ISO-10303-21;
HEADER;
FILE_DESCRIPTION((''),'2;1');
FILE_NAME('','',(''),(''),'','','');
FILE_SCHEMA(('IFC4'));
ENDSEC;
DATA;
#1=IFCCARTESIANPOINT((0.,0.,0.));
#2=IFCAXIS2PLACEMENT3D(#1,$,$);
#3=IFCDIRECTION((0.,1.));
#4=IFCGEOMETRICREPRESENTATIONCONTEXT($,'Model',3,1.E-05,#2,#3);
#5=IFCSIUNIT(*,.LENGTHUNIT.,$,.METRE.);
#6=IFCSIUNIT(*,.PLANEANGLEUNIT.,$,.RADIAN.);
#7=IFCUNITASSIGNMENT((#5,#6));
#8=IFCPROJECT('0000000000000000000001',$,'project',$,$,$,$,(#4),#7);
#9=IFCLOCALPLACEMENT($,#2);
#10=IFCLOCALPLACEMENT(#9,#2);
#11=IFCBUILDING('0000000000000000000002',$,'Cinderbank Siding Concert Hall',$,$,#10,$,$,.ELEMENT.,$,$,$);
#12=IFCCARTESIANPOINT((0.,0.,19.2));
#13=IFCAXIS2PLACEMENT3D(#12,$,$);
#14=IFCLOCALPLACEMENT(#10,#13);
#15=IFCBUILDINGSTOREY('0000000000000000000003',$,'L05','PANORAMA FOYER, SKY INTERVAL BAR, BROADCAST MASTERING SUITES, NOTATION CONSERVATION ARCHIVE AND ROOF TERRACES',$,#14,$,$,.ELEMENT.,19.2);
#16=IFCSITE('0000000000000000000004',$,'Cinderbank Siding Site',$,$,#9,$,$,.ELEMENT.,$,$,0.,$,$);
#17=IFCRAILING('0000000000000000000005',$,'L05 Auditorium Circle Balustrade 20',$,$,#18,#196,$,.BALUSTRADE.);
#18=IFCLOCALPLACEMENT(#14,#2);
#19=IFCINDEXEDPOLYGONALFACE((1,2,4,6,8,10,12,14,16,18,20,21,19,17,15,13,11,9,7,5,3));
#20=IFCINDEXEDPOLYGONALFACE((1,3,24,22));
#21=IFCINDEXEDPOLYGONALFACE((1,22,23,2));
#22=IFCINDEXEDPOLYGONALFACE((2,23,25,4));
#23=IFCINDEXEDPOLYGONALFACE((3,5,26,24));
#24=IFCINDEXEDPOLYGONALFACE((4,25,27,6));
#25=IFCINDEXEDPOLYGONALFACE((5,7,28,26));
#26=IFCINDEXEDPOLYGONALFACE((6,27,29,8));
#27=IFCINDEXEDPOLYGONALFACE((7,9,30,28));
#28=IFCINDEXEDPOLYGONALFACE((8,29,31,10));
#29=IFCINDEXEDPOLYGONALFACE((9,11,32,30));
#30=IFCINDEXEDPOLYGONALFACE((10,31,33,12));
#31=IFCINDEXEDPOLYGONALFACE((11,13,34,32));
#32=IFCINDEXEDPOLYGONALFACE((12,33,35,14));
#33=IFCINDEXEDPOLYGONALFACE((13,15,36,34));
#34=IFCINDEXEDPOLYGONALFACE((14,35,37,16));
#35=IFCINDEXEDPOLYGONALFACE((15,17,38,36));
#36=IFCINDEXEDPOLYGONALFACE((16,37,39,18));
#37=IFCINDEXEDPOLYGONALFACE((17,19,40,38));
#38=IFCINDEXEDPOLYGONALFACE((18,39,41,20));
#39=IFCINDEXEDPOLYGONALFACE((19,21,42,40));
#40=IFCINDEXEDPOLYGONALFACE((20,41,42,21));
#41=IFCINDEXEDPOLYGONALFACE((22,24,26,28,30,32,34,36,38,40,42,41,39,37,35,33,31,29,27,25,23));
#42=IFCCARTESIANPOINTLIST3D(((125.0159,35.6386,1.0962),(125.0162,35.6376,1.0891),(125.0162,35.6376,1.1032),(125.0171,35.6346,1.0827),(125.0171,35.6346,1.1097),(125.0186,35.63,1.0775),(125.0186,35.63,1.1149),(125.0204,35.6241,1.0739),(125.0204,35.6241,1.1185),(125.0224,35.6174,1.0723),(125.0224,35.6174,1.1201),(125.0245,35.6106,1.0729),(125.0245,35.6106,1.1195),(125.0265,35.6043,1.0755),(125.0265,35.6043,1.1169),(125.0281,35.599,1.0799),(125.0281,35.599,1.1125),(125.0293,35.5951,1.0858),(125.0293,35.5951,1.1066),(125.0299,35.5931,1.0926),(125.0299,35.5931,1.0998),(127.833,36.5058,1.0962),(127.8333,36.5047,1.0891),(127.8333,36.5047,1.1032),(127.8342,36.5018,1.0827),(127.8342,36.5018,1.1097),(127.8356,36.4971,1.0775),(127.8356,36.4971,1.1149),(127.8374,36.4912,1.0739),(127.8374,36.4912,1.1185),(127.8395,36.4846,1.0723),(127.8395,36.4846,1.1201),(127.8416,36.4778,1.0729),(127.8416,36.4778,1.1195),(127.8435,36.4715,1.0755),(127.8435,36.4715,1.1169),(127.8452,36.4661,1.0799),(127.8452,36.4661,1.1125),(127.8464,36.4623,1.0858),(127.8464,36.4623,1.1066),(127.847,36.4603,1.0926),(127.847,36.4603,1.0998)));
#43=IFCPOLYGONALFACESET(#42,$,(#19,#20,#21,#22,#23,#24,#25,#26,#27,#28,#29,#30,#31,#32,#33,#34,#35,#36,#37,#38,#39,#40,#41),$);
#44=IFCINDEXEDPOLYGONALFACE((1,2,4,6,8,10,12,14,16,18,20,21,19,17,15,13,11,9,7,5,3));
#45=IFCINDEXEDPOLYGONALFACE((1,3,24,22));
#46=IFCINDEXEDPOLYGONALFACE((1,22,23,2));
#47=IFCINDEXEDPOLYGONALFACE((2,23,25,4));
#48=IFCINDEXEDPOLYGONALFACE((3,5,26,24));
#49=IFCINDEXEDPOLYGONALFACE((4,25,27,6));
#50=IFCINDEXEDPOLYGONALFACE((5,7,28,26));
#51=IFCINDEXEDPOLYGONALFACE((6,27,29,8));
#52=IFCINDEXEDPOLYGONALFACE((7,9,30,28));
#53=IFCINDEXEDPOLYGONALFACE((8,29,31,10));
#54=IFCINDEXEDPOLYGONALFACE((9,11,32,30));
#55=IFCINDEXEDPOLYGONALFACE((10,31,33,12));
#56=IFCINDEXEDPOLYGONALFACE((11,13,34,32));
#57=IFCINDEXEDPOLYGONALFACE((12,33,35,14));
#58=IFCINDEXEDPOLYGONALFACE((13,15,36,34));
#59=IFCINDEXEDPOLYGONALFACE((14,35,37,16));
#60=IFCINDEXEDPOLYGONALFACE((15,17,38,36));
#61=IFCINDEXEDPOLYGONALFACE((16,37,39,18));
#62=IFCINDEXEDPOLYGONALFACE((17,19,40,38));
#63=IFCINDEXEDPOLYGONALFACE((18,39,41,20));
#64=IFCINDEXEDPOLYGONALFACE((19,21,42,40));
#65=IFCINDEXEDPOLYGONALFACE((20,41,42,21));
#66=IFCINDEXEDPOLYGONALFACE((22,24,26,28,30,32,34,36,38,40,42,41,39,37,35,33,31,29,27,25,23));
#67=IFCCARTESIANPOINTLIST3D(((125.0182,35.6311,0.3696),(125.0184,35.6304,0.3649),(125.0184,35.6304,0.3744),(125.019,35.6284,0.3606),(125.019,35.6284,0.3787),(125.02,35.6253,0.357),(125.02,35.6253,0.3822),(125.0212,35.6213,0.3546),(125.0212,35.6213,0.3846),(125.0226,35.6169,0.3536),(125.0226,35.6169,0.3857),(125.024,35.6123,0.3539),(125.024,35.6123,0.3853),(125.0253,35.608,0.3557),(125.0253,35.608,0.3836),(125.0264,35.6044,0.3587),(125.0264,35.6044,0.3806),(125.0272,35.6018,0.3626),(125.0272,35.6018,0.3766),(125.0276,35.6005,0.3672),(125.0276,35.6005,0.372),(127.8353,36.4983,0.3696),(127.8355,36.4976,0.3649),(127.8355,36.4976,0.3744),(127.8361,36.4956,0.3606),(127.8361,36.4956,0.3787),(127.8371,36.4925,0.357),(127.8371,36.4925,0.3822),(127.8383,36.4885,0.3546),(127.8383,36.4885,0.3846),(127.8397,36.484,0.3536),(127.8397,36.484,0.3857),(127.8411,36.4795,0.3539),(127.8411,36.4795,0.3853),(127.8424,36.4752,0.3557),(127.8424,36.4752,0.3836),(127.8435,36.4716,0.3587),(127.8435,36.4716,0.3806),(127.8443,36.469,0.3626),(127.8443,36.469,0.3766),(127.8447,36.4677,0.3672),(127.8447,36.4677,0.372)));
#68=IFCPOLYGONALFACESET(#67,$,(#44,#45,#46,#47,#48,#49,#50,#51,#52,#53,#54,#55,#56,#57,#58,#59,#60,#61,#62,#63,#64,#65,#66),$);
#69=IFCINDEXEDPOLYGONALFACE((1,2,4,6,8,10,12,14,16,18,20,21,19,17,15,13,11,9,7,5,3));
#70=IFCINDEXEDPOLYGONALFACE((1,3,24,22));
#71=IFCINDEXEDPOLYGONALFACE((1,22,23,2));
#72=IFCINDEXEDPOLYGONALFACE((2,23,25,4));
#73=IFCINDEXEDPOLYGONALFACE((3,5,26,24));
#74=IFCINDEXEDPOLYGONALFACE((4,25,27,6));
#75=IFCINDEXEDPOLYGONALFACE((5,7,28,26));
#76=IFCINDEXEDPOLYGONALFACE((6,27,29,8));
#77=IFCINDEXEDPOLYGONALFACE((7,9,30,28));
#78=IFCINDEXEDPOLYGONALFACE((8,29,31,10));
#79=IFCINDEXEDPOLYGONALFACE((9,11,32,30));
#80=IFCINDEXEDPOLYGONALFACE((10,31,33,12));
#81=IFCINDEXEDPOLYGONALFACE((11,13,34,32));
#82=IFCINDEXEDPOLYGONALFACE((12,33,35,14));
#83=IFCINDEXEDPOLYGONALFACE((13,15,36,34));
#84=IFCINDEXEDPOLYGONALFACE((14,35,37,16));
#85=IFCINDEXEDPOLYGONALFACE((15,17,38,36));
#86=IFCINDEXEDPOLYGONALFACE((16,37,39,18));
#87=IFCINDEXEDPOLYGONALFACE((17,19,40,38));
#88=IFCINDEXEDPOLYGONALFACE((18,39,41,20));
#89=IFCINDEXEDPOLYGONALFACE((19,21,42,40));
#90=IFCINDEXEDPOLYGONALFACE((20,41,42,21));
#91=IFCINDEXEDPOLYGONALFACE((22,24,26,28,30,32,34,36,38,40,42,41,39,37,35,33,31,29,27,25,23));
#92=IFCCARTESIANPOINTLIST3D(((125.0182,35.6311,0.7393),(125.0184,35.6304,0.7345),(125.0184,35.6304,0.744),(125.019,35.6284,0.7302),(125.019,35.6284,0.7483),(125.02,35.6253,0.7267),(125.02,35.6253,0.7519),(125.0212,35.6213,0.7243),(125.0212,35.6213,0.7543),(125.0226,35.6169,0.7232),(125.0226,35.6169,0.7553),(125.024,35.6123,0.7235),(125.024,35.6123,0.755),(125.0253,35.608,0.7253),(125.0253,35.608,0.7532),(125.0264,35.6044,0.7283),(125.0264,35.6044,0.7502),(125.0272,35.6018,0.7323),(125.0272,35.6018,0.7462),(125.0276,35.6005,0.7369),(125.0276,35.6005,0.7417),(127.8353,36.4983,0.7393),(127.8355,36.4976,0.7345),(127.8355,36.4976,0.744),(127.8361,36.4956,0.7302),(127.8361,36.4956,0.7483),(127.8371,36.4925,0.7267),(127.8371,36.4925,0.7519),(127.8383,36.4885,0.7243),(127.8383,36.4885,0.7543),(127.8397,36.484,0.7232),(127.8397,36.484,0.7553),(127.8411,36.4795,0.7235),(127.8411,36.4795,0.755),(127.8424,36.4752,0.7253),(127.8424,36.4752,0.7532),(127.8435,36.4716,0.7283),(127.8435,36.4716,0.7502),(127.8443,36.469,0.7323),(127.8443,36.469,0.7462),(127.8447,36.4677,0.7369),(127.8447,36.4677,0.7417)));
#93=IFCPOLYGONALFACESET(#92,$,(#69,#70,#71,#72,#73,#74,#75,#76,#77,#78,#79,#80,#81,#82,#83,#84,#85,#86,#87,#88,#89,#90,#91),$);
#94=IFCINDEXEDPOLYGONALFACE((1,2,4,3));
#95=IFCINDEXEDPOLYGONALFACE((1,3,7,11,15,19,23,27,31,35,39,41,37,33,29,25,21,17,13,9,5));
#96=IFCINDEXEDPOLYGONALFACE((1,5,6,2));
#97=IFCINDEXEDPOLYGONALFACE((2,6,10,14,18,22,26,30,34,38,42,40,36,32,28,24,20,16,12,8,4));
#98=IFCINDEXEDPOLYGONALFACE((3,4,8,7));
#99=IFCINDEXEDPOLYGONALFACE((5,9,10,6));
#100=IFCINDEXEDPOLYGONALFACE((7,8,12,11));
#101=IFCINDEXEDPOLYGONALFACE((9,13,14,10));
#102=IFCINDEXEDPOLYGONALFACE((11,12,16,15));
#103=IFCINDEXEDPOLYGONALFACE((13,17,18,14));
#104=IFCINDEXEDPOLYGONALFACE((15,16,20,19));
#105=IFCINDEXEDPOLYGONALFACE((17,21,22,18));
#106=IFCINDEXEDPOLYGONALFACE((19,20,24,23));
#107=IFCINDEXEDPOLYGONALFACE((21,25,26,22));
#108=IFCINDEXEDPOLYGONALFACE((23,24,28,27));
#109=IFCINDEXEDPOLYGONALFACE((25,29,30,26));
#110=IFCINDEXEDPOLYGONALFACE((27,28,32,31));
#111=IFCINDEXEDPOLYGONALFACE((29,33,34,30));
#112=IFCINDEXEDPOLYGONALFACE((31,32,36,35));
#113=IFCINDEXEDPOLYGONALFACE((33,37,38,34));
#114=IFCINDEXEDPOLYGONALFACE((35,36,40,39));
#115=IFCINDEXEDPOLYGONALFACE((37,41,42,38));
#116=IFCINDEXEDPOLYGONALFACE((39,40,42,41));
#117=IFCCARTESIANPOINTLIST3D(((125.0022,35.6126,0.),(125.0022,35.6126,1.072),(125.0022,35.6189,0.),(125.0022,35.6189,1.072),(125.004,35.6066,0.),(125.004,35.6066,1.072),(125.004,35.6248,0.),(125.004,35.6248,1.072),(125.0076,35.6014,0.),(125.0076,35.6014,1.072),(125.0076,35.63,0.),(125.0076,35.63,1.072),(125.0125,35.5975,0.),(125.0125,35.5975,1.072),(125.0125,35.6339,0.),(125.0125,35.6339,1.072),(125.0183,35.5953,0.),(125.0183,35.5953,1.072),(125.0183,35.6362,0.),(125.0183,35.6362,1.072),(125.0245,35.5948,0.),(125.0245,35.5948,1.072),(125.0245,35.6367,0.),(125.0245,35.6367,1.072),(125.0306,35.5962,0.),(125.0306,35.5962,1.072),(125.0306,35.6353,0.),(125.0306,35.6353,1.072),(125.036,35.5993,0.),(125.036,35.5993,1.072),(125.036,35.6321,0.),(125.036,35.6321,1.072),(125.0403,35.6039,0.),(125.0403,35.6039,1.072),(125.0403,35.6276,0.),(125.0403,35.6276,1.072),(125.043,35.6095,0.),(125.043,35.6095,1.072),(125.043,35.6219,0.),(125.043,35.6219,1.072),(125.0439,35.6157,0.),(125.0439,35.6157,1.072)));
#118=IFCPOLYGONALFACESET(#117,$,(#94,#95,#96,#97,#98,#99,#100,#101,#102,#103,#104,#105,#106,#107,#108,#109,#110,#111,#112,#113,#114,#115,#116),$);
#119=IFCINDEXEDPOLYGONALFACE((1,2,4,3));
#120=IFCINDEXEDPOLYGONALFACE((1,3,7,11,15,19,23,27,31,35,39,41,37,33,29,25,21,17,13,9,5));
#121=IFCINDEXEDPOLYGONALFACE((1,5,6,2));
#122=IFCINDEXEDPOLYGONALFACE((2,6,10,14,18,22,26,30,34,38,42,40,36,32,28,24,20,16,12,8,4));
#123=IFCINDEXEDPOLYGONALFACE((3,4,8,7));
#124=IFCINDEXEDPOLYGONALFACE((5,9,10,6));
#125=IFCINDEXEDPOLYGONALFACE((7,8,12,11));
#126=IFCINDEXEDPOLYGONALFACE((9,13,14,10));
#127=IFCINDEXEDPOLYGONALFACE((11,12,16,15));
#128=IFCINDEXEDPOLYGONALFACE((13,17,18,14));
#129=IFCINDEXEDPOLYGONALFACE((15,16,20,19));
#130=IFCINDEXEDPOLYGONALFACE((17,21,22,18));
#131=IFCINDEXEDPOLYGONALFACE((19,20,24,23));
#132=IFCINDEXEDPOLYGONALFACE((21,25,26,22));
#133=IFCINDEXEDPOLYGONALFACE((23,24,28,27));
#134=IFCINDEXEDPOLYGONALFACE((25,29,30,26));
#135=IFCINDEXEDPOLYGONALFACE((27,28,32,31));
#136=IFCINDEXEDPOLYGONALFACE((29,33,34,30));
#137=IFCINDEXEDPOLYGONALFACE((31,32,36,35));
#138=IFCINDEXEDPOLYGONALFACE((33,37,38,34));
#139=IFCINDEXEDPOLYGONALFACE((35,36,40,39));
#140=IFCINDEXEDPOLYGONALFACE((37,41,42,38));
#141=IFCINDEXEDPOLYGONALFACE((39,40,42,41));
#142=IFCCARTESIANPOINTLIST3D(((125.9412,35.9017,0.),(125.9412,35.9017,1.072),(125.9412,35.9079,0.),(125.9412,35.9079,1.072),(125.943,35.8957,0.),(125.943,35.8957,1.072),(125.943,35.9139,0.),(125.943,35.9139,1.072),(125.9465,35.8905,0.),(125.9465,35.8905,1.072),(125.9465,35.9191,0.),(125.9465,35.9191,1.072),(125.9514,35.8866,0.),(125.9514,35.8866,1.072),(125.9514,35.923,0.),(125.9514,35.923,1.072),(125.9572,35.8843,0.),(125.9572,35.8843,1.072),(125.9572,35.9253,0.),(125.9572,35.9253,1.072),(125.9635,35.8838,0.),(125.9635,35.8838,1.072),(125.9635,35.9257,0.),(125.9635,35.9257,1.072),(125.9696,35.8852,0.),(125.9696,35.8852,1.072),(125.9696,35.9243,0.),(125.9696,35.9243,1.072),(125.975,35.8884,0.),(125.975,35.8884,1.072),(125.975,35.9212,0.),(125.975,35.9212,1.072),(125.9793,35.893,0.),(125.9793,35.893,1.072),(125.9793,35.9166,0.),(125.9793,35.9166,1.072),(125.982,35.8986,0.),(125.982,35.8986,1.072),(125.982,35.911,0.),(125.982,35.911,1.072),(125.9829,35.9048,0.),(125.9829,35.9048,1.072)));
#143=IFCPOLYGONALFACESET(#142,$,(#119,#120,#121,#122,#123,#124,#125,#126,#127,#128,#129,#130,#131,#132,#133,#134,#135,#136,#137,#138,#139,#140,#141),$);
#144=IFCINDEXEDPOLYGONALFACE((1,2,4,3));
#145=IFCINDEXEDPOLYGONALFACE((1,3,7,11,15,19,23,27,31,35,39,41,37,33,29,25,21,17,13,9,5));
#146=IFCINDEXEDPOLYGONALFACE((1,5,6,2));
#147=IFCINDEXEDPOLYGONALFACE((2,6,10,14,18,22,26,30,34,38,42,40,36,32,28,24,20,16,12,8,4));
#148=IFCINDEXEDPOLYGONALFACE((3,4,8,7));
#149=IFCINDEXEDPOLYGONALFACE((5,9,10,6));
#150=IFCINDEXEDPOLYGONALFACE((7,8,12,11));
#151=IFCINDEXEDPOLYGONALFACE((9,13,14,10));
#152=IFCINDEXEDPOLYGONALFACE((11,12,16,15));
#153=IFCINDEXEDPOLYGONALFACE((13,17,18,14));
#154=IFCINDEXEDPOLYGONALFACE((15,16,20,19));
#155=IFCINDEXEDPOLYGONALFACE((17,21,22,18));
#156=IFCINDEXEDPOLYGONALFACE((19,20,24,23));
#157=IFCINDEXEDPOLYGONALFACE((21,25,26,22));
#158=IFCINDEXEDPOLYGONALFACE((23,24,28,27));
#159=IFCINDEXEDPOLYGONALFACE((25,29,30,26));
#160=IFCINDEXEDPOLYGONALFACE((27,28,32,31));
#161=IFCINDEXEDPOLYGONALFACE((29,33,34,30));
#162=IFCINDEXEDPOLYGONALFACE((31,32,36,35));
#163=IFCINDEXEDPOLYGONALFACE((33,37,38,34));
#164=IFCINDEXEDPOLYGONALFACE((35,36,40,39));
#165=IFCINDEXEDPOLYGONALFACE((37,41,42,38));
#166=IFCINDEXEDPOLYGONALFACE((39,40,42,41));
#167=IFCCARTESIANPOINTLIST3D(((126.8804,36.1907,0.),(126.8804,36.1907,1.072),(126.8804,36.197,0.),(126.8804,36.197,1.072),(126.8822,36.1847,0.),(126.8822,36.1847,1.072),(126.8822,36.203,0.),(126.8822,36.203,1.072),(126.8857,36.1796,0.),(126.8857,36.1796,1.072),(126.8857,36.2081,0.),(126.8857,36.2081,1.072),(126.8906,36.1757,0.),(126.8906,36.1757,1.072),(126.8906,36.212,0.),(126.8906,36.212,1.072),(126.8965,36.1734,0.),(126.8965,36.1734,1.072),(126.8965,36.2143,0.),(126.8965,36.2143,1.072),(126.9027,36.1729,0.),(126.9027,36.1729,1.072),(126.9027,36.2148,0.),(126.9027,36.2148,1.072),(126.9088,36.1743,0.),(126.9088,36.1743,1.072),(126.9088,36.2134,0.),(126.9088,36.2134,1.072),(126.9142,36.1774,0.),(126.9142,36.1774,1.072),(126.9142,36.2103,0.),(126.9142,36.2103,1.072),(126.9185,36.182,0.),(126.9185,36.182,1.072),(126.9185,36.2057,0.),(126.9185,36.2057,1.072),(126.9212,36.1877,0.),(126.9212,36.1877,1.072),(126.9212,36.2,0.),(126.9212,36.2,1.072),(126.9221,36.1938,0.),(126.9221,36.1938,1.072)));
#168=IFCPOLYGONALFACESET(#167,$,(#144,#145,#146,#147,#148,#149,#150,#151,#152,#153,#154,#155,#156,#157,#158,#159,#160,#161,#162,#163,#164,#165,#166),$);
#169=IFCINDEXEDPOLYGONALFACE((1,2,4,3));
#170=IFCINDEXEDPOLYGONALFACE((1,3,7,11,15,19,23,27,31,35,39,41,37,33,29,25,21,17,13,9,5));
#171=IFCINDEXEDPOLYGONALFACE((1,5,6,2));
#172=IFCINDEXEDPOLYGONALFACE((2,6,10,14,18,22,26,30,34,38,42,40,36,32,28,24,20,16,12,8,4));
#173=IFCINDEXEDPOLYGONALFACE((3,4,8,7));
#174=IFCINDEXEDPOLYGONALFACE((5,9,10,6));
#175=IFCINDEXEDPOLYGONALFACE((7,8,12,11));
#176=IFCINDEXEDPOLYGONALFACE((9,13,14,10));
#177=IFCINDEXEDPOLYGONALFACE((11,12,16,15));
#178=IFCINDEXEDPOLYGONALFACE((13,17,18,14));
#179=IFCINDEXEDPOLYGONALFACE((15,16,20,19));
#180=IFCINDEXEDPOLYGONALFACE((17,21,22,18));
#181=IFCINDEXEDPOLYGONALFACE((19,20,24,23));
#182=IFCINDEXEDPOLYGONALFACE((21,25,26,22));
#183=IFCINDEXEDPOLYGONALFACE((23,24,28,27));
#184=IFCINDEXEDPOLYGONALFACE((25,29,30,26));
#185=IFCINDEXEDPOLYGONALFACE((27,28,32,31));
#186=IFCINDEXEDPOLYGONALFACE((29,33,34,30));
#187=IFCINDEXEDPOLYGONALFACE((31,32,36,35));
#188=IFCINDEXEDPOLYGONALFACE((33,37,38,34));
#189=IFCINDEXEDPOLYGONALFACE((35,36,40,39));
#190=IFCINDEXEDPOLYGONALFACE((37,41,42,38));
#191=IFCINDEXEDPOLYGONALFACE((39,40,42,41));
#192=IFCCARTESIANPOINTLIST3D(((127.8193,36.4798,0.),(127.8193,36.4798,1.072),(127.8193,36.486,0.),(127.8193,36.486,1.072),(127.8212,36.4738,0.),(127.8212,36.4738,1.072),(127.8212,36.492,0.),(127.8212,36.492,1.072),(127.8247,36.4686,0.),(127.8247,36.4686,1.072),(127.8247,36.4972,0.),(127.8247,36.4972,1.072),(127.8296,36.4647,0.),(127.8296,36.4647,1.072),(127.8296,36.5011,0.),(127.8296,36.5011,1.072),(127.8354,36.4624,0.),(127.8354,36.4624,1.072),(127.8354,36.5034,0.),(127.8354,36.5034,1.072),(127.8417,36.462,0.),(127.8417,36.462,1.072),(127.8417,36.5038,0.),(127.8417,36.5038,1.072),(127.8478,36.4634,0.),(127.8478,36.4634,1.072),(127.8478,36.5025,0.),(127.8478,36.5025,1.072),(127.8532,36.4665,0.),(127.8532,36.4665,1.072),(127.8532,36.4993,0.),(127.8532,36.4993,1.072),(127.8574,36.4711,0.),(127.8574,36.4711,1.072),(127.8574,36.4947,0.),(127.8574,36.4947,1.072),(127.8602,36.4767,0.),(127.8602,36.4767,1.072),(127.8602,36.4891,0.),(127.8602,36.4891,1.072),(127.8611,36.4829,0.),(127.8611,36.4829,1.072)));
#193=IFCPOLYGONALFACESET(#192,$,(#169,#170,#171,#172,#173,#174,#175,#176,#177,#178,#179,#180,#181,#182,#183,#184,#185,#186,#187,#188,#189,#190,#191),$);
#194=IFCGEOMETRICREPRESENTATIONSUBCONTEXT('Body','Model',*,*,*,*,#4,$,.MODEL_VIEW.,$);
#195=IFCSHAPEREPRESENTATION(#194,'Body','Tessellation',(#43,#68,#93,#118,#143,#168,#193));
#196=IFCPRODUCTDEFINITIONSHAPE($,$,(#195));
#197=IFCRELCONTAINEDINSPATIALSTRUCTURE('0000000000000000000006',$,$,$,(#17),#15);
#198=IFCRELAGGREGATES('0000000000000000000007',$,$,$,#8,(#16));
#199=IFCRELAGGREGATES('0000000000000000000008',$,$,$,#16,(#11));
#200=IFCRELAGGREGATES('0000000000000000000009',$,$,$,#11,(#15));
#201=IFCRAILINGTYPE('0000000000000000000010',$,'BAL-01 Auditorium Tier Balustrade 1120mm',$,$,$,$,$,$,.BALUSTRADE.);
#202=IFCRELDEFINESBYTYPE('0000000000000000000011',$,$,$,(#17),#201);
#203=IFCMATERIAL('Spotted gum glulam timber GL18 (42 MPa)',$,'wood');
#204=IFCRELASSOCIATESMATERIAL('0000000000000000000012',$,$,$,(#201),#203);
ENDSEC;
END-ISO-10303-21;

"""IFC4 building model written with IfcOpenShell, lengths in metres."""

from ifc_helpers import new_model, si_unit, direction, frame, origin, origin_2d, place, context, subcontext, project, spatial, circle, extrude, material, type_object, element, save


model = new_model("IFC4")

# Units and contexts
model_context = context("Model", 3, precision=1e-05, world=origin(), true_north=direction((0.0, 1.0)))
body_context = subcontext(model_context, "Body", "Model", "MODEL_VIEW")
ifc_project = project(units=[si_unit("LENGTHUNIT", "METRE"), si_unit("PLANEANGLEUNIT", "RADIAN")], contexts=[model_context])

# Site, building, storey
site_placement = place(None, origin())
site = spatial("IfcSite", under=ifc_project, at=site_placement, Name="Cinderbank Siding Site", CompositionType="ELEMENT", RefElevation=0.0)
building_placement = place(site_placement, origin())
building = spatial("IfcBuilding", under=site, at=building_placement, Name="Cinderbank Siding Concert Hall", CompositionType="ELEMENT")
storey_placement = place(building_placement, frame((0.0, 0.0, 19.2)))
storey = spatial("IfcBuildingStorey", under=building, at=storey_placement, Name="L05", Description="PANORAMA FOYER, SKY INTERVAL BAR, BROADCAST MASTERING SUITES, NOTATION CONSERVATION ARCHIVE AND ROOF TERRACES", CompositionType="ELEMENT", Elevation=19.2)

# Railing
ifc_material_1 = material(Name="Spotted gum glulam timber GL18 (42 MPa)", Category="wood")
railing_type = type_object("IfcRailingType", Name="BAL-01 Auditorium Tier Balustrade 1120mm", PredefinedType="BALUSTRADE", material=ifc_material_1)
railing_1_placement = place(storey_placement, frame((125.0229, 35.6157, 0.0)))
element("IfcRailing", 1, at=railing_1_placement, inside=storey, type_object=railing_type, Name="L05 Auditorium Circle Balustrade 20", PredefinedType="BALUSTRADE", context=body_context, shape_type="SweptSolid", body=[
    extrude(circle(Radius=0.0239, at=origin_2d()), frame((0.0, 0.0, 1.0962), z_axis=(0.955743, 0.294202, 0.0), x_axis=(-0.294202, 0.955743, 0.0)), (0.0, 0.0, 1.0), 2.9475),
    extrude(circle(Radius=0.0161, at=origin_2d()), frame((0.0, 0.0, 0.3696), z_axis=(0.955743, 0.294202, 0.0), x_axis=(-0.294202, 0.955743, 0.0)), (0.0, 0.0, 1.0), 2.9475),
    extrude(circle(Radius=0.0161, at=origin_2d()), frame((0.0, 0.0, 0.7393), z_axis=(0.955743, 0.294202, 0.0), x_axis=(-0.294202, 0.955743, 0.0)), (0.0, 0.0, 1.0), 2.9475),
    extrude(circle(Radius=0.021, at=origin_2d()), origin(), (0.0, 0.0, 1.0), 1.072),
    extrude(circle(Radius=0.021, at=origin_2d()), frame((0.939, 0.2891, 0.0)), (0.0, 0.0, 1.0), 1.072),
    extrude(circle(Radius=0.021, at=origin_2d()), frame((1.8782, 0.5781, 0.0)), (0.0, 0.0, 1.0), 1.072),
    extrude(circle(Radius=0.021, at=origin_2d()), frame((2.8171, 0.8672, 0.0)), (0.0, 0.0, 1.0), 1.072),
])

save(model, "model.ifc")
